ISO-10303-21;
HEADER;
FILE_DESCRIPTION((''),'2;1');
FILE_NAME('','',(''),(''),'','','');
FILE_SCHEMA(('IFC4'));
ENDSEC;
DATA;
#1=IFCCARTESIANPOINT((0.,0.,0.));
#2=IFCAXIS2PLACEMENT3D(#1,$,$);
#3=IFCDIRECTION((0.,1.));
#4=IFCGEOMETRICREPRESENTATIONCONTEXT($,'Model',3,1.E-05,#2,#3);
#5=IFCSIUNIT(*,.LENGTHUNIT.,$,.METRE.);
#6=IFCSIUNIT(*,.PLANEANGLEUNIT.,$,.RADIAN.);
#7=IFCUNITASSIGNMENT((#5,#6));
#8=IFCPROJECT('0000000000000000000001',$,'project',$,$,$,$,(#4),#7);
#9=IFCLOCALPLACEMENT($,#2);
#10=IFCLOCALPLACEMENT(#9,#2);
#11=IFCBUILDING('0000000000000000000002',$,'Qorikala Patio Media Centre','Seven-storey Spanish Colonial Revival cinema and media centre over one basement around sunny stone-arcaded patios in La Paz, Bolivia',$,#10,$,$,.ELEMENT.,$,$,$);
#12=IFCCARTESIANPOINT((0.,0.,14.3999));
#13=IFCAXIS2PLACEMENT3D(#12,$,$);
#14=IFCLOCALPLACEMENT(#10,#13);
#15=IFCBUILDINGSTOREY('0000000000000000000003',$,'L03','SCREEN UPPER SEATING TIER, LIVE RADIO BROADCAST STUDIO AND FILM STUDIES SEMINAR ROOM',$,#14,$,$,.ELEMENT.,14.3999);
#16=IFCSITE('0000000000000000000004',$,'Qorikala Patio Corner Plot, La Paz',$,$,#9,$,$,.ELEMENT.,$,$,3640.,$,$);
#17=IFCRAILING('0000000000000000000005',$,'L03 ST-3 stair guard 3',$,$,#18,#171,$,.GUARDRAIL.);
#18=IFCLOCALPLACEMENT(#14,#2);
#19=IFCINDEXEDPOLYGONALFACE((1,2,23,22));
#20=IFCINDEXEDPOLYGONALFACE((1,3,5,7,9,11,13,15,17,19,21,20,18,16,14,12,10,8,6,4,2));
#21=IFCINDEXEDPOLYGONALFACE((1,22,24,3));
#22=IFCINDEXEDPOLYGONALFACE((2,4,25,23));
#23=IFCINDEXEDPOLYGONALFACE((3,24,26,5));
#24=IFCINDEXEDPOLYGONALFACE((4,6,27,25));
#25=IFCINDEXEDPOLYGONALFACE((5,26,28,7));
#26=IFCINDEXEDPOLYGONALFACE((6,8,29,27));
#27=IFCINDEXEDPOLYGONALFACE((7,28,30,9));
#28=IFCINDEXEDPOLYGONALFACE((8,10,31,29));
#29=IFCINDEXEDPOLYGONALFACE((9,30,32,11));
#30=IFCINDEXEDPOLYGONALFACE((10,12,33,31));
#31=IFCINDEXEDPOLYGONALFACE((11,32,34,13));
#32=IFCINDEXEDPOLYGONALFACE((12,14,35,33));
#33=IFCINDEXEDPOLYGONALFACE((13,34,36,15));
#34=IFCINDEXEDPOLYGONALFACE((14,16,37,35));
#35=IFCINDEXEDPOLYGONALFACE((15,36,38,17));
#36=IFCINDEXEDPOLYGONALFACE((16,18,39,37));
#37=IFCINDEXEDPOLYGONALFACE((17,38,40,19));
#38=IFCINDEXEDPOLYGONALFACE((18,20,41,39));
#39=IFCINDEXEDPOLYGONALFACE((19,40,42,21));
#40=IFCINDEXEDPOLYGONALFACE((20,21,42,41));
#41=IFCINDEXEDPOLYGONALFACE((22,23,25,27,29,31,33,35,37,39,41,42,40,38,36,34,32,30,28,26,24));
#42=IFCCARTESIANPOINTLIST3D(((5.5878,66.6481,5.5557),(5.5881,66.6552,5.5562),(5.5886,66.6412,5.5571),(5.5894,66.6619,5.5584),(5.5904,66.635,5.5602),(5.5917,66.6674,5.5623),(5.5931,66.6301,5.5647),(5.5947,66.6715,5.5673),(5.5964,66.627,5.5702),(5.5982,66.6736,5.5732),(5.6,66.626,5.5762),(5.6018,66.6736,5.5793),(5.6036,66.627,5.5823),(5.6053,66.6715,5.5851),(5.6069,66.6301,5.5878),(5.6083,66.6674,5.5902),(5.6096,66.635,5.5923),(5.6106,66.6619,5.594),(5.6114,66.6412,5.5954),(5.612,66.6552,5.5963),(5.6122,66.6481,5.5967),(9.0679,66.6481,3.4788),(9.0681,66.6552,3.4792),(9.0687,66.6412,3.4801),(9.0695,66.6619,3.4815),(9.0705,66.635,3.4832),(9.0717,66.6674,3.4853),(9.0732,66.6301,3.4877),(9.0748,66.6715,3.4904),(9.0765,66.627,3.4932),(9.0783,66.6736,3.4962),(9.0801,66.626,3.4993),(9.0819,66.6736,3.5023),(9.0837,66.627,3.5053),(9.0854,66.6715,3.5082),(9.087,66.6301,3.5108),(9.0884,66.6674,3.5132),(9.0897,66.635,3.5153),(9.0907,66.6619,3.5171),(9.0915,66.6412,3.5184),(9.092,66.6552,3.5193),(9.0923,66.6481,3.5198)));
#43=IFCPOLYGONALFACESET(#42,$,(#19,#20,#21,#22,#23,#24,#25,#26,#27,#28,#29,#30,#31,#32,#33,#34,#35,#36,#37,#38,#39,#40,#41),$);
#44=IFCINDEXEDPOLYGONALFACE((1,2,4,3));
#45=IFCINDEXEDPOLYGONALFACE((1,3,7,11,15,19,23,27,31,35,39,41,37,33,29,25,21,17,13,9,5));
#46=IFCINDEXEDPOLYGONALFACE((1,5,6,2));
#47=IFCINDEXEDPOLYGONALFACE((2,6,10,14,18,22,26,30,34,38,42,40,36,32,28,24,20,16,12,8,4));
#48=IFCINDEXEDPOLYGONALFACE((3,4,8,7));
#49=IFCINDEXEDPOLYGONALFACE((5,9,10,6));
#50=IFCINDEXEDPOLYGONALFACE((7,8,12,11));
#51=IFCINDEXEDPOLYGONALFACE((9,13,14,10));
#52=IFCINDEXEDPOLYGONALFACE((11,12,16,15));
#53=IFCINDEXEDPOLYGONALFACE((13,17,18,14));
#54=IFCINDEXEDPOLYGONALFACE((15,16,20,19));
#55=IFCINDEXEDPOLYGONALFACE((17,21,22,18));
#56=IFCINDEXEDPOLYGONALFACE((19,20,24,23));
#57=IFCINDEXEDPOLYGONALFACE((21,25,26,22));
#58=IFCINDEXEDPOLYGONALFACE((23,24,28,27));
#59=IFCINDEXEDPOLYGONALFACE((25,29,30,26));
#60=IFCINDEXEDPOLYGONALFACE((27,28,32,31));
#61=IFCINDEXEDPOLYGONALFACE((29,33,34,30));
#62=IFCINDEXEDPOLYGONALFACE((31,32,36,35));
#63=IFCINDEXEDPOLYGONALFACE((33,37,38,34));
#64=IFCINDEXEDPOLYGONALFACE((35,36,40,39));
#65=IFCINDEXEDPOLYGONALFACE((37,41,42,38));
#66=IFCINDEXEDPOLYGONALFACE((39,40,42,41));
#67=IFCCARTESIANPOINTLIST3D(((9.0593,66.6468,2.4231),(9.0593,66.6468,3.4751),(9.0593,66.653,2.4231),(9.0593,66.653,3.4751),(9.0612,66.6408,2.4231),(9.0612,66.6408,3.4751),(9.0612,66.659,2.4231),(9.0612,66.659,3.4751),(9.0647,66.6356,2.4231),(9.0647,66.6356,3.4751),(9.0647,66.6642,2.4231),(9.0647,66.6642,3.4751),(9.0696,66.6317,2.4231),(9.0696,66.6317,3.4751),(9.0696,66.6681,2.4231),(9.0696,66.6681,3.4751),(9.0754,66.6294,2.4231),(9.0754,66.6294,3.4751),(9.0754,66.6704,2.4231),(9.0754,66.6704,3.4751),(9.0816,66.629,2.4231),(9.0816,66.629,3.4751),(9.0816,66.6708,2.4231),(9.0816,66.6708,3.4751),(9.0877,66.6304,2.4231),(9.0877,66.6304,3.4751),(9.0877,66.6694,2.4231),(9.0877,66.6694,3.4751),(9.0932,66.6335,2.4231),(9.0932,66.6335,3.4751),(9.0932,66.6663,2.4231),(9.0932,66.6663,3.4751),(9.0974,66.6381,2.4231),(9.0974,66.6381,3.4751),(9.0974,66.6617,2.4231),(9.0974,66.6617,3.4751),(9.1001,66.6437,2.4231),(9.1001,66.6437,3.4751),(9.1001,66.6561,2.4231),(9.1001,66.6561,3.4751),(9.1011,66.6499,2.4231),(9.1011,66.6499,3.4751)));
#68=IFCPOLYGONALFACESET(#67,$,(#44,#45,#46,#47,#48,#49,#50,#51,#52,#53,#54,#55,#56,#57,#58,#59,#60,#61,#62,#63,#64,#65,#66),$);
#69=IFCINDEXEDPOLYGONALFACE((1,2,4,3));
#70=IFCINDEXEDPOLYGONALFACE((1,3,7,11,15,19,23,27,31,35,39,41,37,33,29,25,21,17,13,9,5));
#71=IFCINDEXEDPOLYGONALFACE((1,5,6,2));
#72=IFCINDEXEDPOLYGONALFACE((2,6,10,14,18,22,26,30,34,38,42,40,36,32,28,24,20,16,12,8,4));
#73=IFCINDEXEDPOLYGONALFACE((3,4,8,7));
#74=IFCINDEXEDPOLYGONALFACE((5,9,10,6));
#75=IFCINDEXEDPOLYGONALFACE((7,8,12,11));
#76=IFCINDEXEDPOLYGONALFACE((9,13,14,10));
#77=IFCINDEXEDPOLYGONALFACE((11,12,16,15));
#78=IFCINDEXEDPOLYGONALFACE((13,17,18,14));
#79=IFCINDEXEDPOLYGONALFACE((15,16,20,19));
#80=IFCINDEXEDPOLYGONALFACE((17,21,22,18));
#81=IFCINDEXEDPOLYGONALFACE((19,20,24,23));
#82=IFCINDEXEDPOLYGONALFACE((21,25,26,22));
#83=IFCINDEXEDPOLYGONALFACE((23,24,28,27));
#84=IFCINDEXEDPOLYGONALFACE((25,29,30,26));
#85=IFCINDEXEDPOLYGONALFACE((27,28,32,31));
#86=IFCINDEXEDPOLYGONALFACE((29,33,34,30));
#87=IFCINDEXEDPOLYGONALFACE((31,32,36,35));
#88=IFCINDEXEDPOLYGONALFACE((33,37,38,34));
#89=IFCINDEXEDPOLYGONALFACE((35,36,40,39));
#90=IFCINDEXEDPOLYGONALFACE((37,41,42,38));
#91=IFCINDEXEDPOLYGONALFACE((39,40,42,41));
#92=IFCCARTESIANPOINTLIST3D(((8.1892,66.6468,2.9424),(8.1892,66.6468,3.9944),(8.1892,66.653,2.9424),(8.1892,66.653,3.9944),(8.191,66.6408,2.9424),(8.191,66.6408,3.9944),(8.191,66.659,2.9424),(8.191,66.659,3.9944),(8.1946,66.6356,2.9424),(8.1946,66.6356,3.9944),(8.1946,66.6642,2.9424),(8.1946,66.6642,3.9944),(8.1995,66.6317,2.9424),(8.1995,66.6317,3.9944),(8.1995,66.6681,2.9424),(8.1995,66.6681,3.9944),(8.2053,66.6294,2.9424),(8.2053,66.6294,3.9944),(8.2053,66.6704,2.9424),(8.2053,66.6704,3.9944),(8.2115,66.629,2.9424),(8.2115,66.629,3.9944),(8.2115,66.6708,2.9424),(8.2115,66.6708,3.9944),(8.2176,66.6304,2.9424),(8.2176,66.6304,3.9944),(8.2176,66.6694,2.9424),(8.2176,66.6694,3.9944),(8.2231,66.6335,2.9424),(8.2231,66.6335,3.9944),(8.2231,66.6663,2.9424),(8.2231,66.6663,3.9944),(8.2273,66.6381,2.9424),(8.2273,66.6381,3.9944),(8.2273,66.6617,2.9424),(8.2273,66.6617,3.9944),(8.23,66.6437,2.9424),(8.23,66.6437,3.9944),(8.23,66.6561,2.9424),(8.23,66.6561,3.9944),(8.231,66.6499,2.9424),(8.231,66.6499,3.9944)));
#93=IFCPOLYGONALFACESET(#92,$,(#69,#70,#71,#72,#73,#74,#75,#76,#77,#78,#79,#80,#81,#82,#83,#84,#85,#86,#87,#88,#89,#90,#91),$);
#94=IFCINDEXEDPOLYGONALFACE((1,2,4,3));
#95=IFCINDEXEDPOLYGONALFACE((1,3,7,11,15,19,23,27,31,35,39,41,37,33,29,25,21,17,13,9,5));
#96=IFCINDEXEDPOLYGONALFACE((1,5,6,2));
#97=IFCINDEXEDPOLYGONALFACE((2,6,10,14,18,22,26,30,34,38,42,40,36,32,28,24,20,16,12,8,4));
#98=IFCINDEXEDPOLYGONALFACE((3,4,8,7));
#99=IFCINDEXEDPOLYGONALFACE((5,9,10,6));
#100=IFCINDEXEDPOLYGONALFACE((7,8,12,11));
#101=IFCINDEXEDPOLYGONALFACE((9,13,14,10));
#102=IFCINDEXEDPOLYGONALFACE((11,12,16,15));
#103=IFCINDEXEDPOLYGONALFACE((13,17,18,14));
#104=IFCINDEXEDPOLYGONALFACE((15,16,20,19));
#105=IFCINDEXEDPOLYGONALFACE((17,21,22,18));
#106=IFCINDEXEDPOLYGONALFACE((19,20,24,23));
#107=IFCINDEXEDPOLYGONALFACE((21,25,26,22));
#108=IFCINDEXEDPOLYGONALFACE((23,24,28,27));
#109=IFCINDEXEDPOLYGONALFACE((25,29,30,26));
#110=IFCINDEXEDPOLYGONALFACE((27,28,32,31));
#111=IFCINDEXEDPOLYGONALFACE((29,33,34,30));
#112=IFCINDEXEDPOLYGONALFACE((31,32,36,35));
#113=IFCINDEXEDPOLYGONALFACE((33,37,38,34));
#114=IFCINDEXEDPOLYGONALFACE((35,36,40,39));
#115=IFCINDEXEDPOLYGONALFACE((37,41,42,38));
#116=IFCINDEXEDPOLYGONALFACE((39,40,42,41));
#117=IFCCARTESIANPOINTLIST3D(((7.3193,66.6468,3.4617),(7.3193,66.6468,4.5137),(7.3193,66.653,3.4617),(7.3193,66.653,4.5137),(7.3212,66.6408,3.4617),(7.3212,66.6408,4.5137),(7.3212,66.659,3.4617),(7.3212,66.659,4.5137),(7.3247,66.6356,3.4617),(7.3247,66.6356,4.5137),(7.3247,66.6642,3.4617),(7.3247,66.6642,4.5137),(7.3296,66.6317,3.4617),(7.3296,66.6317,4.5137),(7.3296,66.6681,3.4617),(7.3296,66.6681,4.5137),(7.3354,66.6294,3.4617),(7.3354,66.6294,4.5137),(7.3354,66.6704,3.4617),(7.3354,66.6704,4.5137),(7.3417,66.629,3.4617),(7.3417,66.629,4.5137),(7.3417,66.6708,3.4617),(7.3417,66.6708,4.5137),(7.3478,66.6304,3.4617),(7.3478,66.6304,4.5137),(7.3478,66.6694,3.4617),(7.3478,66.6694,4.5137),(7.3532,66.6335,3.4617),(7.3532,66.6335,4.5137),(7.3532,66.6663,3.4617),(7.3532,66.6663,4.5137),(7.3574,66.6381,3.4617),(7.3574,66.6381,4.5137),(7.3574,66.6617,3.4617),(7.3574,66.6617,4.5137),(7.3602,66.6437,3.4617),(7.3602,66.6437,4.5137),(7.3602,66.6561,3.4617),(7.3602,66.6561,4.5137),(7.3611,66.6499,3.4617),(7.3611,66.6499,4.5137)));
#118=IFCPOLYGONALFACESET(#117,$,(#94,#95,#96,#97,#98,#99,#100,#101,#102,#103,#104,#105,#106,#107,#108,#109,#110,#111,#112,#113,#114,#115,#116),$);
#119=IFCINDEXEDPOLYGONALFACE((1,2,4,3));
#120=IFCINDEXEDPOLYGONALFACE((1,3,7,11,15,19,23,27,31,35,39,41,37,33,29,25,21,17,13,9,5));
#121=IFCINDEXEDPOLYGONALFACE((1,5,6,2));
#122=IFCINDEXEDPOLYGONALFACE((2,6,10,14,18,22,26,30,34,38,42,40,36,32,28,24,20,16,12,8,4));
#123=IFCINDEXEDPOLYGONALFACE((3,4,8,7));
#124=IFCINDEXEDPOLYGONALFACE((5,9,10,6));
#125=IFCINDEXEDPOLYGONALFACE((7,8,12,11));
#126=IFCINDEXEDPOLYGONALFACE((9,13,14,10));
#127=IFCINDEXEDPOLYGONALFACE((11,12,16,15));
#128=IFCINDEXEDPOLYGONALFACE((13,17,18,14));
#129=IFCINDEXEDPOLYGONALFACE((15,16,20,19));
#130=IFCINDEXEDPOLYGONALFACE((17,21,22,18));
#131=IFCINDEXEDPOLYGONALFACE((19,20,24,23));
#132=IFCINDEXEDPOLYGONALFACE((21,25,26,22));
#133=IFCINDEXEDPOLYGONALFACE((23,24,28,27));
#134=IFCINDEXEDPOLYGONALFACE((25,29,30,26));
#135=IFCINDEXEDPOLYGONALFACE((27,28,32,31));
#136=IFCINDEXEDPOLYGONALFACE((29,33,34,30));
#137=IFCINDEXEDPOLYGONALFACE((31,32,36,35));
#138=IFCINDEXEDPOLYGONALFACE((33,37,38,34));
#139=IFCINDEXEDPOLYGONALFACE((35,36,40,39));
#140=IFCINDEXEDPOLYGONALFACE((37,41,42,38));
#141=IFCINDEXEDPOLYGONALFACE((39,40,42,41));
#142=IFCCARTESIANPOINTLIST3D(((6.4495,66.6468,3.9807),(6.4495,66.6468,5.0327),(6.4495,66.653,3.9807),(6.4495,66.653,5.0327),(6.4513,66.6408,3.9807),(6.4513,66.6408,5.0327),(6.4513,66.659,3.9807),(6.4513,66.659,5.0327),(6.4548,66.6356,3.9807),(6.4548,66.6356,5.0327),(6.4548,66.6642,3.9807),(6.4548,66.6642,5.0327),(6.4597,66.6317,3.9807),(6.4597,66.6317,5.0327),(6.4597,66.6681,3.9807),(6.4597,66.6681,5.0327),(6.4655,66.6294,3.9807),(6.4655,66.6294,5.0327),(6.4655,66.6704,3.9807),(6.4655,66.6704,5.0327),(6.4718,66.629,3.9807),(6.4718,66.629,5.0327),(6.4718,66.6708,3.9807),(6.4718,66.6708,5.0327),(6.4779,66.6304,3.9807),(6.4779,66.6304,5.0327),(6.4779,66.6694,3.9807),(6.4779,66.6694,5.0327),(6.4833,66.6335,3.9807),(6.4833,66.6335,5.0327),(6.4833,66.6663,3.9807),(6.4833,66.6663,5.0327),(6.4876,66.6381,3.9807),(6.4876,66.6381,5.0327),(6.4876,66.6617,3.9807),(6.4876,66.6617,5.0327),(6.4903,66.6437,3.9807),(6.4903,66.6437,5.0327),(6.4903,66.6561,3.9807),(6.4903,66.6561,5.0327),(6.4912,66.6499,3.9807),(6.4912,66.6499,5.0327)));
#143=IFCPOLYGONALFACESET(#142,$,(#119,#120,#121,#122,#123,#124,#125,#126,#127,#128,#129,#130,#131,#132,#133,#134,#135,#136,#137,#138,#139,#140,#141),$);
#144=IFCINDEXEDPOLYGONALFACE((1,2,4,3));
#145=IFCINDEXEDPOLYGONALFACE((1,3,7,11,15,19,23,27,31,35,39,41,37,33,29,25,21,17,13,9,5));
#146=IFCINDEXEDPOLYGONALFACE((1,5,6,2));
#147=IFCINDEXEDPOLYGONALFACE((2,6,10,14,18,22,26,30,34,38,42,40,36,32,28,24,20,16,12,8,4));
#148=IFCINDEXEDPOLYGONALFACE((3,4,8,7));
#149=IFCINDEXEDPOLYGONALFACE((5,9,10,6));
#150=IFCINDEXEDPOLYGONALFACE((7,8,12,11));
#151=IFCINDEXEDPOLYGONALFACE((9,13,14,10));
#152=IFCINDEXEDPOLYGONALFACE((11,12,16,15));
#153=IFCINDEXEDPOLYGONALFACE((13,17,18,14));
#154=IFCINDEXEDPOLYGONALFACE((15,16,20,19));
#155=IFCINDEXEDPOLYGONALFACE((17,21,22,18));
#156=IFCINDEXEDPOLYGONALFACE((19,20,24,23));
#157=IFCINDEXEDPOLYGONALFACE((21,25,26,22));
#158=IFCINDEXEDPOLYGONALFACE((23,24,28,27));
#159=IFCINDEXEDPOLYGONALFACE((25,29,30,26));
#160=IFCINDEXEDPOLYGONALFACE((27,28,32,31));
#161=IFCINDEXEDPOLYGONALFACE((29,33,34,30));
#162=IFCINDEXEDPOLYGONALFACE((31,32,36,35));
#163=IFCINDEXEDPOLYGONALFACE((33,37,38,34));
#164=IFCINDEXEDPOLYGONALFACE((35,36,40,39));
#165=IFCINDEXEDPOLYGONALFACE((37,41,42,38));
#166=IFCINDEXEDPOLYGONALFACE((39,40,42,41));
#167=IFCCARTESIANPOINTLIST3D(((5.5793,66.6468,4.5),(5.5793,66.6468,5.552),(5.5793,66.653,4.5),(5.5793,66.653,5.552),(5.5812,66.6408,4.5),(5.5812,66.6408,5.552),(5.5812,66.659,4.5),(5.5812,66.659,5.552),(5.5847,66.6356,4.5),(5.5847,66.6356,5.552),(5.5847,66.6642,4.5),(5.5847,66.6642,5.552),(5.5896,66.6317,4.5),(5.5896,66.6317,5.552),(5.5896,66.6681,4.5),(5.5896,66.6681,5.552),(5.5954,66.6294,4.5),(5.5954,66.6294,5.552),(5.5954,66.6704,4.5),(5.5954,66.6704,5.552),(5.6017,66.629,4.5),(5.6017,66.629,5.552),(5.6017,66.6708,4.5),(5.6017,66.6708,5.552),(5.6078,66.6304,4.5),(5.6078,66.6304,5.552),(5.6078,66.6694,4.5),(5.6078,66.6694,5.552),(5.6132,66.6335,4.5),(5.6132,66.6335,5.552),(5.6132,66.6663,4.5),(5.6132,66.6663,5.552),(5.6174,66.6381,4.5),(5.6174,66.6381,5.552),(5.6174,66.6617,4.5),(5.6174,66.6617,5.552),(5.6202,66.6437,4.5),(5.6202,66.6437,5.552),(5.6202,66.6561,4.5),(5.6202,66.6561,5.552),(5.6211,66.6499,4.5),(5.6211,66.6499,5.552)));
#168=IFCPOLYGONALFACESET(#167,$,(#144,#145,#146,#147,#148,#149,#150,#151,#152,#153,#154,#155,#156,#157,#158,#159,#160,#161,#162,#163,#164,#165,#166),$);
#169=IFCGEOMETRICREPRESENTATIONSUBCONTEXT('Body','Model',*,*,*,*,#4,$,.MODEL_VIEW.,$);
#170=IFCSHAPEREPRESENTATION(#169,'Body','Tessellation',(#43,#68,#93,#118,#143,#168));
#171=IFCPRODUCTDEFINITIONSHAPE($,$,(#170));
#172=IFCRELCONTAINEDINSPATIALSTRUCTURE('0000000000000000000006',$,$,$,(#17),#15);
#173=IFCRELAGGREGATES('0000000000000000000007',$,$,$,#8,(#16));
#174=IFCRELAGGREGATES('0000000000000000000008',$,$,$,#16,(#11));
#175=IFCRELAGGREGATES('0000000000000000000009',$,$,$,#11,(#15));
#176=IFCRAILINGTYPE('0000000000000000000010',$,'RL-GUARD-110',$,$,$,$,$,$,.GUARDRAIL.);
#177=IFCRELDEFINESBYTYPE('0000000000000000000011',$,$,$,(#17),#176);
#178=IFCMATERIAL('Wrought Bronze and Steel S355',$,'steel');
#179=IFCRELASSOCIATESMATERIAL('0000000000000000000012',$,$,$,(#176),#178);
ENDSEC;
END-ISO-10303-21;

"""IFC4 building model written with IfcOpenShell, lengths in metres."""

from ifc_helpers import new_model, si_unit, direction, frame, origin, origin_2d, place, context, subcontext, project, spatial, circle, extrude, material, type_object, element, save


model = new_model("IFC4")

# Units and contexts
model_context = context("Model", 3, precision=1e-05, world=origin(), true_north=direction((0.0, 1.0)))
body_context = subcontext(model_context, "Body", "Model", "MODEL_VIEW")
ifc_project = project(units=[si_unit("LENGTHUNIT", "METRE"), si_unit("PLANEANGLEUNIT", "RADIAN")], contexts=[model_context])

# Site, building, storey
site_placement = place(None, origin())
site = spatial("IfcSite", under=ifc_project, at=site_placement, Name="Qorikala Patio Corner Plot, La Paz", CompositionType="ELEMENT", RefElevation=3640.0)
building_placement = place(site_placement, origin())
building = spatial("IfcBuilding", under=site, at=building_placement, Name="Qorikala Patio Media Centre", Description="Seven-storey Spanish Colonial Revival cinema and media centre over one basement around sunny stone-arcaded patios in La Paz, Bolivia", CompositionType="ELEMENT")
storey_placement = place(building_placement, frame((0.0, 0.0, 14.3999)))
storey = spatial("IfcBuildingStorey", under=building, at=storey_placement, Name="L03", Description="SCREEN UPPER SEATING TIER, LIVE RADIO BROADCAST STUDIO AND FILM STUDIES SEMINAR ROOM", CompositionType="ELEMENT", Elevation=14.3999)

# Railing
ifc_material_1 = material(Name="Wrought Bronze and Steel S355", Category="steel")
railing_type_1 = type_object("IfcRailingType", Name="RL-GUARD-110", PredefinedType="GUARDRAIL", material=ifc_material_1)
railing_1_placement = place(storey_placement, frame((9.0801, 66.6499, 2.4231)))
element("IfcRailing", 1, at=railing_1_placement, inside=storey, type_object=railing_type_1, Name="L03 ST-3 stair guard 3", PredefinedType="GUARDRAIL", context=body_context, shape_type="SweptSolid", body=[
    extrude(circle(Radius=0.0239, at=origin_2d()), frame((0.0, 0.0, 1.0762), z_axis=(-0.858697, 0.0, 0.512483), x_axis=(0.0, -1.0, 0.0)), (0.0, 0.0, 1.0), 4.0527),
    extrude(circle(Radius=0.021, at=origin_2d()), origin(), (0.0, 0.0, 1.0), 1.052),
    extrude(circle(Radius=0.021, at=origin_2d()), frame((-0.8701, 0.0, 0.5193)), (0.0, 0.0, 1.0), 1.052),
    extrude(circle(Radius=0.021, at=origin_2d()), frame((-1.74, 0.0, 1.0386)), (0.0, 0.0, 1.0), 1.052),
    extrude(circle(Radius=0.021, at=origin_2d()), frame((-2.6099, 0.0, 1.5576)), (0.0, 0.0, 1.0), 1.052),
    extrude(circle(Radius=0.021, at=origin_2d()), frame((-3.48, 0.0, 2.0769)), (0.0, 0.0, 1.0), 1.052),
])

save(model, "model.ifc")
